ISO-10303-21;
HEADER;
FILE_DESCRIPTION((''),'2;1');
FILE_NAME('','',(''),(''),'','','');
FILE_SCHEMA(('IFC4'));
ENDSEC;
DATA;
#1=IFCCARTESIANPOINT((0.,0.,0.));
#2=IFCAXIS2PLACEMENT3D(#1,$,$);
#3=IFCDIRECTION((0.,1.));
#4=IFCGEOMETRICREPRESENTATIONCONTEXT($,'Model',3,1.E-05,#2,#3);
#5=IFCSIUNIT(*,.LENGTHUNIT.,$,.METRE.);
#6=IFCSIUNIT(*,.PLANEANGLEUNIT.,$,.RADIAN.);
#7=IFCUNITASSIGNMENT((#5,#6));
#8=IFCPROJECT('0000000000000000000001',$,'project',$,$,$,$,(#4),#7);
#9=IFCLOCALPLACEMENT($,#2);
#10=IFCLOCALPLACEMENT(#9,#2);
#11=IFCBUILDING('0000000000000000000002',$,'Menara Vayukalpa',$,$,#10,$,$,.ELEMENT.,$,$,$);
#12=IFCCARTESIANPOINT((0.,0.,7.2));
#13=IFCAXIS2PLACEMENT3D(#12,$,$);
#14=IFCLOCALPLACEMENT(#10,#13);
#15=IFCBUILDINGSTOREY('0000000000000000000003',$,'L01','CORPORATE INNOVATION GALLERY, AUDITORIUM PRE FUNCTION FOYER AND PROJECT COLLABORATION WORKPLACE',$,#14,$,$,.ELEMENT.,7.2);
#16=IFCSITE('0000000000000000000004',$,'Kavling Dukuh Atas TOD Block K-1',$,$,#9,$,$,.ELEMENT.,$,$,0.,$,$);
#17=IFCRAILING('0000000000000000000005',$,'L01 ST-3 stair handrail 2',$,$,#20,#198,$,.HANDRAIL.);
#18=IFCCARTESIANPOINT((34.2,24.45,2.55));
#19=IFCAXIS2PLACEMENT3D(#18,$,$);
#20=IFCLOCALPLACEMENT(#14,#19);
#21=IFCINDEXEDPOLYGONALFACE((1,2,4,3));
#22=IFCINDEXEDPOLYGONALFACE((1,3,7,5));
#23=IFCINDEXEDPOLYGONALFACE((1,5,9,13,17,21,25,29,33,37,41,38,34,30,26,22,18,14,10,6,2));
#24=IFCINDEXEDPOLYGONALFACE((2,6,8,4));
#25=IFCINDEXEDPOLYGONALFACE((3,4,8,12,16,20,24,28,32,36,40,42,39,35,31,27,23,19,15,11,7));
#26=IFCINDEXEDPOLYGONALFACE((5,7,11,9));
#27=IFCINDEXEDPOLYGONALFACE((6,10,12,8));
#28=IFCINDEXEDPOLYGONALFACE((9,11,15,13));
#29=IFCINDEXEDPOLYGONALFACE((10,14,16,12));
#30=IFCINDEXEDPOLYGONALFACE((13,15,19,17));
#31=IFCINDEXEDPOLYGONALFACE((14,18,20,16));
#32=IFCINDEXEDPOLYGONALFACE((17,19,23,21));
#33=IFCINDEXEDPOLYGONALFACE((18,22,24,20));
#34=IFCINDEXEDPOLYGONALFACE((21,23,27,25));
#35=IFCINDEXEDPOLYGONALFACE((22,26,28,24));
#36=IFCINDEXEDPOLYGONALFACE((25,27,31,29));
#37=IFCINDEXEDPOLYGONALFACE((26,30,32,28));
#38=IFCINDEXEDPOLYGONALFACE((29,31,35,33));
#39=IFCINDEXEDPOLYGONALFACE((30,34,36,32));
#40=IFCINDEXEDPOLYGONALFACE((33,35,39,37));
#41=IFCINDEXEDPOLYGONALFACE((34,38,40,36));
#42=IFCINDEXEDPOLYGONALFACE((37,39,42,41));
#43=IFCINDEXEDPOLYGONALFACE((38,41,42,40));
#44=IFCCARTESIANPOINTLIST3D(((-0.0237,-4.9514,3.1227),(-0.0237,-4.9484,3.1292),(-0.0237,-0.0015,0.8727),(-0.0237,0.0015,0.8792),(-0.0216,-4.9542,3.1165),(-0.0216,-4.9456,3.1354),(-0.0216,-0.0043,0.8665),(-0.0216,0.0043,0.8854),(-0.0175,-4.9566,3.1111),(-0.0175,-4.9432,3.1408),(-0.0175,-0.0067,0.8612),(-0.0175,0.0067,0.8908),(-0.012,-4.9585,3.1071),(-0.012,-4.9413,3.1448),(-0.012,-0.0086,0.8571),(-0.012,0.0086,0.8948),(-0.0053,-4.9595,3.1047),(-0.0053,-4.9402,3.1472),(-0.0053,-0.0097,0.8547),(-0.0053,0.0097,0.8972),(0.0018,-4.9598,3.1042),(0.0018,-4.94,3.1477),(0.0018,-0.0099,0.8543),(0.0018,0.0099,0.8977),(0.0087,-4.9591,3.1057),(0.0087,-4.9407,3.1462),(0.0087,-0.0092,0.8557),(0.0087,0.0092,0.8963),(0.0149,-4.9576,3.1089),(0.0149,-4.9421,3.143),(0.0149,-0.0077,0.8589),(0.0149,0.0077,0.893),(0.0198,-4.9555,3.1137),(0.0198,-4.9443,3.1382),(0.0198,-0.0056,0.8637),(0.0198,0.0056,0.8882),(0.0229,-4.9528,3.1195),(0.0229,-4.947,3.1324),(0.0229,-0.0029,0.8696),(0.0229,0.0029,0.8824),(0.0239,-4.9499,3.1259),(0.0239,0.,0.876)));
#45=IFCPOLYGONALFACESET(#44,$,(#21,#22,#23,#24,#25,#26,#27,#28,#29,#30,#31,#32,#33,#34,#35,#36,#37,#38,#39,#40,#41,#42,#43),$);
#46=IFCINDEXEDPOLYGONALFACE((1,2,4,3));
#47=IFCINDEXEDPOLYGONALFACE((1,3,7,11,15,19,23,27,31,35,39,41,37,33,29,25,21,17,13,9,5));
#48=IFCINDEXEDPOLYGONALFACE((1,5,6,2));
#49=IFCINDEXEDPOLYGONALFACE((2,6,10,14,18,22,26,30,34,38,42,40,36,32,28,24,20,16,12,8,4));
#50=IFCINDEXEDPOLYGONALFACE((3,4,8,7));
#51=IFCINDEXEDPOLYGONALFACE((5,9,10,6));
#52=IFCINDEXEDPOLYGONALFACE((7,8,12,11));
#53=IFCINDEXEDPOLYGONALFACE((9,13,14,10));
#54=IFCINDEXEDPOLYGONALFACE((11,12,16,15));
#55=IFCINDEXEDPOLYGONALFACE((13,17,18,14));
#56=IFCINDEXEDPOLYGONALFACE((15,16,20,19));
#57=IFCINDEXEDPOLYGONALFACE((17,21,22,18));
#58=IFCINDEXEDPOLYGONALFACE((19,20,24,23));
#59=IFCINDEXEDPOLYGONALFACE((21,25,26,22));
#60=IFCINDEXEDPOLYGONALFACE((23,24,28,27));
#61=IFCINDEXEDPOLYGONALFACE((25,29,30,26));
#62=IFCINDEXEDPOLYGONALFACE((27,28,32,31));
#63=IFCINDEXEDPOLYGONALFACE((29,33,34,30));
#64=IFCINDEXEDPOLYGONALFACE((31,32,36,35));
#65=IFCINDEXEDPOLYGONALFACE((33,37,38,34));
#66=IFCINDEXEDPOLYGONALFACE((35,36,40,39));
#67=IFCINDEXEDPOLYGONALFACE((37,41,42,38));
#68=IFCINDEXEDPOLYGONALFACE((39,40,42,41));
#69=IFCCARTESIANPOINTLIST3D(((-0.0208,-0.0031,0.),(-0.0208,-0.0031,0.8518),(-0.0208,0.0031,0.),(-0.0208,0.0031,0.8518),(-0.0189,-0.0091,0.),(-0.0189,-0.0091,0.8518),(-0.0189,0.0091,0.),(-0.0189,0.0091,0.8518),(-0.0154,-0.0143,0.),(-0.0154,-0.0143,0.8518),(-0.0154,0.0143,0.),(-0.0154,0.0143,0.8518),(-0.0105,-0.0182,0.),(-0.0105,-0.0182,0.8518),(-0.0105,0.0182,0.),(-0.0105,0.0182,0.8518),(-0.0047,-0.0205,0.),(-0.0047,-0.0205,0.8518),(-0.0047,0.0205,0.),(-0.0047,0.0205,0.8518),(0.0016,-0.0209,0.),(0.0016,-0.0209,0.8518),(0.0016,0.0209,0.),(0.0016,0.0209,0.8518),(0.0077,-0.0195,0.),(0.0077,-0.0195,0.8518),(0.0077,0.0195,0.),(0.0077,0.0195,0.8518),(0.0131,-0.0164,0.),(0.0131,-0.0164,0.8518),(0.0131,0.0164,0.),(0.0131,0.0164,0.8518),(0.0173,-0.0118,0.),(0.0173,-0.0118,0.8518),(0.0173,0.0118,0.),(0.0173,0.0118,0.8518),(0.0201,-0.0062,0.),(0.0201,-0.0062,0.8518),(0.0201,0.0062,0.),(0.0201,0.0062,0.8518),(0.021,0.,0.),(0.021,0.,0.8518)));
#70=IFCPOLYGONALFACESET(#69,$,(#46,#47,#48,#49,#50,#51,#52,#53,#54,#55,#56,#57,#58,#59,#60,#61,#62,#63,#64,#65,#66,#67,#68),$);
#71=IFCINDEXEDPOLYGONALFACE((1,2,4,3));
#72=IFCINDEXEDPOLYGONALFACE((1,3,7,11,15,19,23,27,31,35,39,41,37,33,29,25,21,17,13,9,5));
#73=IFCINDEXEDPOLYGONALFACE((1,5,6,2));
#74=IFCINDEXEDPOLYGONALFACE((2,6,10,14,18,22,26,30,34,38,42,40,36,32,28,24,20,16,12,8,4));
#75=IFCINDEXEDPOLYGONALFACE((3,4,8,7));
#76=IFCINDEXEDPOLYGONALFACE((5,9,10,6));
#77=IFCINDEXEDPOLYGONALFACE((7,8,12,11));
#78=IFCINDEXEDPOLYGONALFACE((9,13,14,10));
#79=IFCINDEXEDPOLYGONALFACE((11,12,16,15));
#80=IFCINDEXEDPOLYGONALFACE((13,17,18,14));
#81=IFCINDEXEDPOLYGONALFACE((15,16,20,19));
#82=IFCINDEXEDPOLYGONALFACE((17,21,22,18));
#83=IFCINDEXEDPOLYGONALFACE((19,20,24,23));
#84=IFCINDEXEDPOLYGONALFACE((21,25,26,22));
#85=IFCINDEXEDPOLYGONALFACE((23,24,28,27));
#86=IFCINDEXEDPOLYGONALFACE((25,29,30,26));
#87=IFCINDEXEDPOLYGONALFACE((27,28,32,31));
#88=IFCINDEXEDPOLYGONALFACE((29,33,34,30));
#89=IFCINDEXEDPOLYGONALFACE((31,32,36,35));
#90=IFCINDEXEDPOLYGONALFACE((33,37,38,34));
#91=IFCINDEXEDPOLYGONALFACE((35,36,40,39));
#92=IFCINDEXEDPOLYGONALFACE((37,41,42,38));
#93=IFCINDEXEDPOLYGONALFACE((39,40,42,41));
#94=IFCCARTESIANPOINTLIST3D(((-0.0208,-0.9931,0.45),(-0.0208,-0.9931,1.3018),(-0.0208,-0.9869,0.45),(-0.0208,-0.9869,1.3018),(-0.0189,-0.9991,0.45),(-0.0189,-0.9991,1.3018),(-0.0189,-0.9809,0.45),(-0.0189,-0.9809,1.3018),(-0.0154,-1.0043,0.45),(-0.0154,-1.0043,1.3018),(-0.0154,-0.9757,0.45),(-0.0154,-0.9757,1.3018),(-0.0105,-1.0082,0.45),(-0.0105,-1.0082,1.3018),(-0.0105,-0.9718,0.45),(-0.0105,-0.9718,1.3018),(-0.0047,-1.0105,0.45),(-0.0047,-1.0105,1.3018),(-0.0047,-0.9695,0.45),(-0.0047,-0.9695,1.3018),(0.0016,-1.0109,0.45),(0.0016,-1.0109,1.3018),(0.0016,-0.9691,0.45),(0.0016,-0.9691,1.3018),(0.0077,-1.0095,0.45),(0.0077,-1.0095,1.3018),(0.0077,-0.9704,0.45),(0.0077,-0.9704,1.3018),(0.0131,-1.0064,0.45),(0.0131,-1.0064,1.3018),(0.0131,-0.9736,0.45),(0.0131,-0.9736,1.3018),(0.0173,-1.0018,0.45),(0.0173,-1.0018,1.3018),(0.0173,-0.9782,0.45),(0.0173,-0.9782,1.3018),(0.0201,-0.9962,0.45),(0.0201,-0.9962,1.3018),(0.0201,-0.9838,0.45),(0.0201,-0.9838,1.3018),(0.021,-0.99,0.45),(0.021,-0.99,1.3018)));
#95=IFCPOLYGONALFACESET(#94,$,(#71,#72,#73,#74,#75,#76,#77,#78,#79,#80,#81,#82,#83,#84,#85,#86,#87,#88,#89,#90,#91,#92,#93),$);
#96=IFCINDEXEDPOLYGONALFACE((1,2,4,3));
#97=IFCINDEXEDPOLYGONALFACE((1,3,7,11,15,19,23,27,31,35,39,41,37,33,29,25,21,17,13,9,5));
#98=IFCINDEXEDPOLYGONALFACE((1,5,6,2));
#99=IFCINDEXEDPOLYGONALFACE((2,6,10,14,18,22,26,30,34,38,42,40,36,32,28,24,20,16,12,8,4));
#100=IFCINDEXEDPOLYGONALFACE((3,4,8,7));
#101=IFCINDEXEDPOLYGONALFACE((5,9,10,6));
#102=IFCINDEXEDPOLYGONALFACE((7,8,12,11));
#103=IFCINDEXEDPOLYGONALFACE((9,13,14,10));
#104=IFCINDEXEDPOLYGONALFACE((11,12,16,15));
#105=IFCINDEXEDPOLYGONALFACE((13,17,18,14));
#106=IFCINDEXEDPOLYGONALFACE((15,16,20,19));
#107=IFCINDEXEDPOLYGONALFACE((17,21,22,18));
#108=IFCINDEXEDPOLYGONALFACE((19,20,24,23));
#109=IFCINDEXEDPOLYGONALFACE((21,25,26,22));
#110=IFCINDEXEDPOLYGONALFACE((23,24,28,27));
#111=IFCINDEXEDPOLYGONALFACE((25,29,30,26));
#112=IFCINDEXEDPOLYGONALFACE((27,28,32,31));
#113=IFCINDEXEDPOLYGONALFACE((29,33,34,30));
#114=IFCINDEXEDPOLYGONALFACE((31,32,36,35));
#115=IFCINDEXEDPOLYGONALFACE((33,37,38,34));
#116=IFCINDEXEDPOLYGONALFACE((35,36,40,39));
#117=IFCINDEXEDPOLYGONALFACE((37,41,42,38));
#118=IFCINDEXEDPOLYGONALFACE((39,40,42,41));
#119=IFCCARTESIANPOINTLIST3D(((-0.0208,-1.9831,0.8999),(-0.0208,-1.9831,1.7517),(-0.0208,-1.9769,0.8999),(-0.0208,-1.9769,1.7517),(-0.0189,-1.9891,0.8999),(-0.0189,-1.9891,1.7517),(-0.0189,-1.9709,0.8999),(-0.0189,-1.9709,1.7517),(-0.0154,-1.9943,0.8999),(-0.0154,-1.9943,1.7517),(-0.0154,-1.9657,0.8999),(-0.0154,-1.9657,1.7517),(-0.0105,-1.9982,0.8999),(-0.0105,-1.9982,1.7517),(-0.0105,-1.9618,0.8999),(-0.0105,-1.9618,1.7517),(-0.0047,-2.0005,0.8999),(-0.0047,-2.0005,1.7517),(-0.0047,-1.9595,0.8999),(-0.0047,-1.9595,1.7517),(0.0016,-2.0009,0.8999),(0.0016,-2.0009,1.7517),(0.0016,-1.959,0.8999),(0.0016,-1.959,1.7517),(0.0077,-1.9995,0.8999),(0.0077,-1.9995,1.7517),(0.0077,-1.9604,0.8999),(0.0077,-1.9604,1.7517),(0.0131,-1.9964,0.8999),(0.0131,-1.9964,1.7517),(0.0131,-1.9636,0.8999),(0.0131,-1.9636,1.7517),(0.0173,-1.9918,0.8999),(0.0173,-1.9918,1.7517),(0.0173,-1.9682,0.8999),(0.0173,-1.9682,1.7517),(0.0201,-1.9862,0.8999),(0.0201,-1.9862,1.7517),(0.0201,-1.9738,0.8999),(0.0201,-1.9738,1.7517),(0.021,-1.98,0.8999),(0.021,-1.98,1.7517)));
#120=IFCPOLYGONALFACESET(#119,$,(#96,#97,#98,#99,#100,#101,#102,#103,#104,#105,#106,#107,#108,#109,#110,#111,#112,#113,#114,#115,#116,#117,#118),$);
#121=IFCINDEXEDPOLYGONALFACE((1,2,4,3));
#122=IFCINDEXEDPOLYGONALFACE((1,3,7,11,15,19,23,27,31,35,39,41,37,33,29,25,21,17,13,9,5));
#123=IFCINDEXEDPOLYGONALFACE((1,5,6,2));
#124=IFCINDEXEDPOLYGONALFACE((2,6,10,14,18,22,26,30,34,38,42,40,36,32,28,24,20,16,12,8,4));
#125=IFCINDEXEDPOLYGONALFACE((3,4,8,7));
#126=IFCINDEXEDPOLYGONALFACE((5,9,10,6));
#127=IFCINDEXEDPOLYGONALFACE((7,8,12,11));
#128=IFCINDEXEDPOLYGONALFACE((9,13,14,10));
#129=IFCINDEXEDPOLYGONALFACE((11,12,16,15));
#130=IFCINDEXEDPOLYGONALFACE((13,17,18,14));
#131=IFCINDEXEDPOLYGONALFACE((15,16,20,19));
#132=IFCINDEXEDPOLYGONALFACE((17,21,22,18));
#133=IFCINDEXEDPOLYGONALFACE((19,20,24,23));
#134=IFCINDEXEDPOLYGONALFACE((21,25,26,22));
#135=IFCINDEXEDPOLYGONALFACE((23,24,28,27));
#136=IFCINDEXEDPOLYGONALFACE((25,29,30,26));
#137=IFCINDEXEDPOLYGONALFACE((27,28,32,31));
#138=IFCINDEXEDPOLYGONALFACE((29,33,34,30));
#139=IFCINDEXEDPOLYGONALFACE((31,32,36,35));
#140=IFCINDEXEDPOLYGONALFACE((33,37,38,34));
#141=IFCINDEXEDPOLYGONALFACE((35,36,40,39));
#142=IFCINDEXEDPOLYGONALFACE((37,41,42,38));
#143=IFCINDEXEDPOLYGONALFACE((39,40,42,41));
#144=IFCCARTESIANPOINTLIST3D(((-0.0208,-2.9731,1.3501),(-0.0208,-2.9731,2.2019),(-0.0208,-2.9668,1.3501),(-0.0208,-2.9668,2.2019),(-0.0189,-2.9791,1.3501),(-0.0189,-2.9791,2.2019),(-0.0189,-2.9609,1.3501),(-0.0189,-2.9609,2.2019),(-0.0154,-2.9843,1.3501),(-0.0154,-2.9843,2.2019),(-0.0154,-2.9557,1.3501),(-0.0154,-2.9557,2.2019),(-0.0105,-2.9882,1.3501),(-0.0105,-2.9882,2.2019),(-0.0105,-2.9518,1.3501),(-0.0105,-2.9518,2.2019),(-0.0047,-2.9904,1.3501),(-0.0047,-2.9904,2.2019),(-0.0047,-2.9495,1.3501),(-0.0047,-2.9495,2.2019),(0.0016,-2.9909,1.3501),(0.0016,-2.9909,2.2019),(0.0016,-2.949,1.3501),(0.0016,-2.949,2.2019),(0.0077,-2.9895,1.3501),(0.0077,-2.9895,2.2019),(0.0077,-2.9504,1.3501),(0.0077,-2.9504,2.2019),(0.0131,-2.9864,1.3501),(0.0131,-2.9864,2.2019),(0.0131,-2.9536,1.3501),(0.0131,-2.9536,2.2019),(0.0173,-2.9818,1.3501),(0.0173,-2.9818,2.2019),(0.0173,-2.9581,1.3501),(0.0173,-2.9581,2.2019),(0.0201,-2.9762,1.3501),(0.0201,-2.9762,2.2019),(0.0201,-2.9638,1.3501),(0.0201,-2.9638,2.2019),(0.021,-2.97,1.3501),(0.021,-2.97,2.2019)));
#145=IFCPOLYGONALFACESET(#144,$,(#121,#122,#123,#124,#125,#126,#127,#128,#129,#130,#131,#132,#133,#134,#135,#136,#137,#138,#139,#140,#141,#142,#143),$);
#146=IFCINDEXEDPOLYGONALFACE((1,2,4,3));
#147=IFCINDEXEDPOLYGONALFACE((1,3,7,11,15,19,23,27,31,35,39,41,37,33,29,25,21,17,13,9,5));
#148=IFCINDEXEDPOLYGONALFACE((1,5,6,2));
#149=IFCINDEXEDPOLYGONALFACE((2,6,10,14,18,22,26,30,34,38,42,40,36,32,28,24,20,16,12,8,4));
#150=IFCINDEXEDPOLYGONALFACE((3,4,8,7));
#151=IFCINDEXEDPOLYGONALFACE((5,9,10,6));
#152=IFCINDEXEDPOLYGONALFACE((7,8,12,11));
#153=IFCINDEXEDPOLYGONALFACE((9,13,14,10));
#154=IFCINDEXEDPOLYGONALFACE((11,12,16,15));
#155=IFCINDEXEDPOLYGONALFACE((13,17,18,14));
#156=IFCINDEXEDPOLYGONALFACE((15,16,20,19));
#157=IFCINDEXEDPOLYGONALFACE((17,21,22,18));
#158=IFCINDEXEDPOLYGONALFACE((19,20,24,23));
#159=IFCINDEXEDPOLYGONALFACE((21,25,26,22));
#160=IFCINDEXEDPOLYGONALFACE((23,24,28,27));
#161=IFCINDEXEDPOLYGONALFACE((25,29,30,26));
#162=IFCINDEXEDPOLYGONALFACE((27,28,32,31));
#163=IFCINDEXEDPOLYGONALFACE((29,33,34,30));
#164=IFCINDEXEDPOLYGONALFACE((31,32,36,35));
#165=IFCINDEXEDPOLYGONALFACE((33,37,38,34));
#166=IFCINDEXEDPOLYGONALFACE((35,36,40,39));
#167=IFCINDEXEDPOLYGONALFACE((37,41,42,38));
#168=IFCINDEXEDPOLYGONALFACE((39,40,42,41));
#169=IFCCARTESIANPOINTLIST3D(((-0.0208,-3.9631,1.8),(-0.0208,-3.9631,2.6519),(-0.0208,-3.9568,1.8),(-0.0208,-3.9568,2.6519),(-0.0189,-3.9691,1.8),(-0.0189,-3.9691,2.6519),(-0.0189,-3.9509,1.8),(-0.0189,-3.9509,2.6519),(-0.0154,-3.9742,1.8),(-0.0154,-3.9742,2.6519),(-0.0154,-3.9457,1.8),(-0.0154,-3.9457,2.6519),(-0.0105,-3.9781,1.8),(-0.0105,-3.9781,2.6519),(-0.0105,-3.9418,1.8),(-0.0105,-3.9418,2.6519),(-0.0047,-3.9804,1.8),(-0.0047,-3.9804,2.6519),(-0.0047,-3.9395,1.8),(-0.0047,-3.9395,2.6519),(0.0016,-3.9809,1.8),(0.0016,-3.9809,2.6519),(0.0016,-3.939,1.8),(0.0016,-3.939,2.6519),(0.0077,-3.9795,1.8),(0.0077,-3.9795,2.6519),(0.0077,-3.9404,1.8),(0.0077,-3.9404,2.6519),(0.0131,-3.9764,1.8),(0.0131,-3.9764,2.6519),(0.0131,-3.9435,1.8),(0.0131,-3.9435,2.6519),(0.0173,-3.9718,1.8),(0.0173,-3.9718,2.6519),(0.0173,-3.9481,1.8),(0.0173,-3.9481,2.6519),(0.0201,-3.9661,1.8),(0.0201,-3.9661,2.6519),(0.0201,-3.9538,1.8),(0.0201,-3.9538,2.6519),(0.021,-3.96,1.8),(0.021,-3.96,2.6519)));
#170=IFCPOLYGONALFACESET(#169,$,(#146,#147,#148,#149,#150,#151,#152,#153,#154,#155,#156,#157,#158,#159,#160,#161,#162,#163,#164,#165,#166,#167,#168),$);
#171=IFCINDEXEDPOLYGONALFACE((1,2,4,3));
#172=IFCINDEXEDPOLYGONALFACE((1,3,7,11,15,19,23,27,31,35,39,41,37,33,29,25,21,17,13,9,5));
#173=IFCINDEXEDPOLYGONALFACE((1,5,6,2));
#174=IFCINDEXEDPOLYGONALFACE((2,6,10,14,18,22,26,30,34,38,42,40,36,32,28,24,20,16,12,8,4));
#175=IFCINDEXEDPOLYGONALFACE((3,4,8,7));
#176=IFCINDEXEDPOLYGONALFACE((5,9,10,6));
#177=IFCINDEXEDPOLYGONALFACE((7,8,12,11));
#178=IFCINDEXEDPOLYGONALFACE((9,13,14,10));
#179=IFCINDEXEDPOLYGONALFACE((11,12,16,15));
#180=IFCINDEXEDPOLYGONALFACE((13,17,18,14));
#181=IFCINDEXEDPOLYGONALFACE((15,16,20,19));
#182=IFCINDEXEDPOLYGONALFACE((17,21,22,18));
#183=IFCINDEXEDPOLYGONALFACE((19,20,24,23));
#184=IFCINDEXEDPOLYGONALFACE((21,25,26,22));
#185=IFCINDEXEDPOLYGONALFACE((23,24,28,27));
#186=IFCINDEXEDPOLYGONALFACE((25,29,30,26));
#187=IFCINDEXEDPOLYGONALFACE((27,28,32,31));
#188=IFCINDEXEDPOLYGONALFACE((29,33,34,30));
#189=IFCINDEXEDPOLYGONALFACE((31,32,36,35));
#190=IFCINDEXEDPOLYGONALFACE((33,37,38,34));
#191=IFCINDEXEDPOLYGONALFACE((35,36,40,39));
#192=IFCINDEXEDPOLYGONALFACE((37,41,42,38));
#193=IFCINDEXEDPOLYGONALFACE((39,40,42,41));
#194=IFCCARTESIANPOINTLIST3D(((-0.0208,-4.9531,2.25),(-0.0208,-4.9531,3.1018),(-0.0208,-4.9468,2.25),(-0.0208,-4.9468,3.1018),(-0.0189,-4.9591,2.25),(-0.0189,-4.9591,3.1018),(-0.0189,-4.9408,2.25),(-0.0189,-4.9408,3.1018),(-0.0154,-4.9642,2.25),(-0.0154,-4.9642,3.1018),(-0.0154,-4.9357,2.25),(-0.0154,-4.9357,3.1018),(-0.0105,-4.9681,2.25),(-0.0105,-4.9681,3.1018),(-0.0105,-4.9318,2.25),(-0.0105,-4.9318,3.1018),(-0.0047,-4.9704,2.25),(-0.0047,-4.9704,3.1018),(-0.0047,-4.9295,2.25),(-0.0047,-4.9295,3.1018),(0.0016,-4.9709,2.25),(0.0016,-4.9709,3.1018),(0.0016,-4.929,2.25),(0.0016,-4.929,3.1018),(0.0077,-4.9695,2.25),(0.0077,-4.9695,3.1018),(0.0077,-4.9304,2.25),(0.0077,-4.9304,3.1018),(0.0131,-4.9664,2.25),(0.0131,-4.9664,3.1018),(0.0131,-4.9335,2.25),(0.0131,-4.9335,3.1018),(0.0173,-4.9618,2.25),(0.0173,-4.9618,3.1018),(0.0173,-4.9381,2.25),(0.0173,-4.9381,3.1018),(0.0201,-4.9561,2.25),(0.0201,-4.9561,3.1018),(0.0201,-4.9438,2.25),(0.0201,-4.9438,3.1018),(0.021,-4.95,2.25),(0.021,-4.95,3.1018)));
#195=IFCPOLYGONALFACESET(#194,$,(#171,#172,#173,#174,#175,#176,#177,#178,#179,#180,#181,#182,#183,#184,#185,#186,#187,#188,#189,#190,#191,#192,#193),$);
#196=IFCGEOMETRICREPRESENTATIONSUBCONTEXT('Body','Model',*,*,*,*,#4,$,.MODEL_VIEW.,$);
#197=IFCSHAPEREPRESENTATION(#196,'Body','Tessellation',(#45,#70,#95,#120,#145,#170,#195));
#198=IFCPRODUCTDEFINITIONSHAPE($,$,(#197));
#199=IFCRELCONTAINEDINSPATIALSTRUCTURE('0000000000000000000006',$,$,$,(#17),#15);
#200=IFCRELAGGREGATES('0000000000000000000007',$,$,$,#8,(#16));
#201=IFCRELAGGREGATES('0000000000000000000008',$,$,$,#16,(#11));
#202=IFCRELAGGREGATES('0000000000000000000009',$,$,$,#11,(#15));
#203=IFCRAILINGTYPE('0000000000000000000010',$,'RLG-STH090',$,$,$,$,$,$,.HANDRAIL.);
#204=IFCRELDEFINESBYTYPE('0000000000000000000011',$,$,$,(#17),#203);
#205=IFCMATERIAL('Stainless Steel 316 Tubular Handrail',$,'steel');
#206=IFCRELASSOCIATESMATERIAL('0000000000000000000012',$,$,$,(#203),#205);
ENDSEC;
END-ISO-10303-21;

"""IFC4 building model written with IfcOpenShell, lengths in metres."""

from ifc_helpers import new_model, si_unit, direction, frame, origin, origin_2d, place, context, subcontext, project, spatial, circle, extrude, material, type_object, element, save


model = new_model("IFC4")

# Units and contexts
model_context = context("Model", 3, precision=1e-05, world=origin(), true_north=direction((0.0, 1.0)))
body_context = subcontext(model_context, "Body", "Model", "MODEL_VIEW")
ifc_project = project(units=[si_unit("LENGTHUNIT", "METRE"), si_unit("PLANEANGLEUNIT", "RADIAN")], contexts=[model_context])

# Site, building, storey
site_placement = place(None, origin())
site = spatial("IfcSite", under=ifc_project, at=site_placement, Name="Kavling Dukuh Atas TOD Block K-1", CompositionType="ELEMENT", RefElevation=0.0)
building_placement = place(site_placement, origin())
building = spatial("IfcBuilding", under=site, at=building_placement, Name="Menara Vayukalpa", CompositionType="ELEMENT")
storey_placement = place(building_placement, frame((0.0, 0.0, 7.2)))
storey = spatial("IfcBuildingStorey", under=building, at=storey_placement, Name="L01", Description="CORPORATE INNOVATION GALLERY, AUDITORIUM PRE FUNCTION FOYER AND PROJECT COLLABORATION WORKPLACE", CompositionType="ELEMENT", Elevation=7.2)

# Railing
ifc_material_1 = material(Name="Stainless Steel 316 Tubular Handrail", Category="steel")
railing_type_1 = type_object("IfcRailingType", Name="RLG-STH090", PredefinedType="HANDRAIL", material=ifc_material_1)
railing_1_placement = place(storey_placement, frame((34.2, 24.45, 2.55)))
element("IfcRailing", 1, at=railing_1_placement, inside=storey, type_object=railing_type_1, Name="L01 ST-3 stair handrail 2", PredefinedType="HANDRAIL", context=body_context, shape_type="SweptSolid", body=[
    extrude(circle(Radius=0.0239, at=origin_2d()), frame((0.0, 0.0, 0.876), z_axis=(0.0, -0.910365, 0.413806), x_axis=(1.0, 0.0, 0.0)), (0.0, 0.0, 1.0), 5.4373),
    extrude(circle(Radius=0.021, at=origin_2d()), origin(), (0.0, 0.0, 1.0), 0.8518),
    extrude(circle(Radius=0.021, at=origin_2d()), frame((0.0, -0.99, 0.45)), (0.0, 0.0, 1.0), 0.8518),
    extrude(circle(Radius=0.021, at=origin_2d()), frame((0.0, -1.98, 0.8999)), (0.0, 0.0, 1.0), 0.8518),
    extrude(circle(Radius=0.021, at=origin_2d()), frame((0.0, -2.97, 1.3501)), (0.0, 0.0, 1.0), 0.8518),
    extrude(circle(Radius=0.021, at=origin_2d()), frame((0.0, -3.96, 1.8)), (0.0, 0.0, 1.0), 0.8518),
    extrude(circle(Radius=0.021, at=origin_2d()), frame((0.0, -4.95, 2.25)), (0.0, 0.0, 1.0), 0.8518),
])

save(model, "model.ifc")
